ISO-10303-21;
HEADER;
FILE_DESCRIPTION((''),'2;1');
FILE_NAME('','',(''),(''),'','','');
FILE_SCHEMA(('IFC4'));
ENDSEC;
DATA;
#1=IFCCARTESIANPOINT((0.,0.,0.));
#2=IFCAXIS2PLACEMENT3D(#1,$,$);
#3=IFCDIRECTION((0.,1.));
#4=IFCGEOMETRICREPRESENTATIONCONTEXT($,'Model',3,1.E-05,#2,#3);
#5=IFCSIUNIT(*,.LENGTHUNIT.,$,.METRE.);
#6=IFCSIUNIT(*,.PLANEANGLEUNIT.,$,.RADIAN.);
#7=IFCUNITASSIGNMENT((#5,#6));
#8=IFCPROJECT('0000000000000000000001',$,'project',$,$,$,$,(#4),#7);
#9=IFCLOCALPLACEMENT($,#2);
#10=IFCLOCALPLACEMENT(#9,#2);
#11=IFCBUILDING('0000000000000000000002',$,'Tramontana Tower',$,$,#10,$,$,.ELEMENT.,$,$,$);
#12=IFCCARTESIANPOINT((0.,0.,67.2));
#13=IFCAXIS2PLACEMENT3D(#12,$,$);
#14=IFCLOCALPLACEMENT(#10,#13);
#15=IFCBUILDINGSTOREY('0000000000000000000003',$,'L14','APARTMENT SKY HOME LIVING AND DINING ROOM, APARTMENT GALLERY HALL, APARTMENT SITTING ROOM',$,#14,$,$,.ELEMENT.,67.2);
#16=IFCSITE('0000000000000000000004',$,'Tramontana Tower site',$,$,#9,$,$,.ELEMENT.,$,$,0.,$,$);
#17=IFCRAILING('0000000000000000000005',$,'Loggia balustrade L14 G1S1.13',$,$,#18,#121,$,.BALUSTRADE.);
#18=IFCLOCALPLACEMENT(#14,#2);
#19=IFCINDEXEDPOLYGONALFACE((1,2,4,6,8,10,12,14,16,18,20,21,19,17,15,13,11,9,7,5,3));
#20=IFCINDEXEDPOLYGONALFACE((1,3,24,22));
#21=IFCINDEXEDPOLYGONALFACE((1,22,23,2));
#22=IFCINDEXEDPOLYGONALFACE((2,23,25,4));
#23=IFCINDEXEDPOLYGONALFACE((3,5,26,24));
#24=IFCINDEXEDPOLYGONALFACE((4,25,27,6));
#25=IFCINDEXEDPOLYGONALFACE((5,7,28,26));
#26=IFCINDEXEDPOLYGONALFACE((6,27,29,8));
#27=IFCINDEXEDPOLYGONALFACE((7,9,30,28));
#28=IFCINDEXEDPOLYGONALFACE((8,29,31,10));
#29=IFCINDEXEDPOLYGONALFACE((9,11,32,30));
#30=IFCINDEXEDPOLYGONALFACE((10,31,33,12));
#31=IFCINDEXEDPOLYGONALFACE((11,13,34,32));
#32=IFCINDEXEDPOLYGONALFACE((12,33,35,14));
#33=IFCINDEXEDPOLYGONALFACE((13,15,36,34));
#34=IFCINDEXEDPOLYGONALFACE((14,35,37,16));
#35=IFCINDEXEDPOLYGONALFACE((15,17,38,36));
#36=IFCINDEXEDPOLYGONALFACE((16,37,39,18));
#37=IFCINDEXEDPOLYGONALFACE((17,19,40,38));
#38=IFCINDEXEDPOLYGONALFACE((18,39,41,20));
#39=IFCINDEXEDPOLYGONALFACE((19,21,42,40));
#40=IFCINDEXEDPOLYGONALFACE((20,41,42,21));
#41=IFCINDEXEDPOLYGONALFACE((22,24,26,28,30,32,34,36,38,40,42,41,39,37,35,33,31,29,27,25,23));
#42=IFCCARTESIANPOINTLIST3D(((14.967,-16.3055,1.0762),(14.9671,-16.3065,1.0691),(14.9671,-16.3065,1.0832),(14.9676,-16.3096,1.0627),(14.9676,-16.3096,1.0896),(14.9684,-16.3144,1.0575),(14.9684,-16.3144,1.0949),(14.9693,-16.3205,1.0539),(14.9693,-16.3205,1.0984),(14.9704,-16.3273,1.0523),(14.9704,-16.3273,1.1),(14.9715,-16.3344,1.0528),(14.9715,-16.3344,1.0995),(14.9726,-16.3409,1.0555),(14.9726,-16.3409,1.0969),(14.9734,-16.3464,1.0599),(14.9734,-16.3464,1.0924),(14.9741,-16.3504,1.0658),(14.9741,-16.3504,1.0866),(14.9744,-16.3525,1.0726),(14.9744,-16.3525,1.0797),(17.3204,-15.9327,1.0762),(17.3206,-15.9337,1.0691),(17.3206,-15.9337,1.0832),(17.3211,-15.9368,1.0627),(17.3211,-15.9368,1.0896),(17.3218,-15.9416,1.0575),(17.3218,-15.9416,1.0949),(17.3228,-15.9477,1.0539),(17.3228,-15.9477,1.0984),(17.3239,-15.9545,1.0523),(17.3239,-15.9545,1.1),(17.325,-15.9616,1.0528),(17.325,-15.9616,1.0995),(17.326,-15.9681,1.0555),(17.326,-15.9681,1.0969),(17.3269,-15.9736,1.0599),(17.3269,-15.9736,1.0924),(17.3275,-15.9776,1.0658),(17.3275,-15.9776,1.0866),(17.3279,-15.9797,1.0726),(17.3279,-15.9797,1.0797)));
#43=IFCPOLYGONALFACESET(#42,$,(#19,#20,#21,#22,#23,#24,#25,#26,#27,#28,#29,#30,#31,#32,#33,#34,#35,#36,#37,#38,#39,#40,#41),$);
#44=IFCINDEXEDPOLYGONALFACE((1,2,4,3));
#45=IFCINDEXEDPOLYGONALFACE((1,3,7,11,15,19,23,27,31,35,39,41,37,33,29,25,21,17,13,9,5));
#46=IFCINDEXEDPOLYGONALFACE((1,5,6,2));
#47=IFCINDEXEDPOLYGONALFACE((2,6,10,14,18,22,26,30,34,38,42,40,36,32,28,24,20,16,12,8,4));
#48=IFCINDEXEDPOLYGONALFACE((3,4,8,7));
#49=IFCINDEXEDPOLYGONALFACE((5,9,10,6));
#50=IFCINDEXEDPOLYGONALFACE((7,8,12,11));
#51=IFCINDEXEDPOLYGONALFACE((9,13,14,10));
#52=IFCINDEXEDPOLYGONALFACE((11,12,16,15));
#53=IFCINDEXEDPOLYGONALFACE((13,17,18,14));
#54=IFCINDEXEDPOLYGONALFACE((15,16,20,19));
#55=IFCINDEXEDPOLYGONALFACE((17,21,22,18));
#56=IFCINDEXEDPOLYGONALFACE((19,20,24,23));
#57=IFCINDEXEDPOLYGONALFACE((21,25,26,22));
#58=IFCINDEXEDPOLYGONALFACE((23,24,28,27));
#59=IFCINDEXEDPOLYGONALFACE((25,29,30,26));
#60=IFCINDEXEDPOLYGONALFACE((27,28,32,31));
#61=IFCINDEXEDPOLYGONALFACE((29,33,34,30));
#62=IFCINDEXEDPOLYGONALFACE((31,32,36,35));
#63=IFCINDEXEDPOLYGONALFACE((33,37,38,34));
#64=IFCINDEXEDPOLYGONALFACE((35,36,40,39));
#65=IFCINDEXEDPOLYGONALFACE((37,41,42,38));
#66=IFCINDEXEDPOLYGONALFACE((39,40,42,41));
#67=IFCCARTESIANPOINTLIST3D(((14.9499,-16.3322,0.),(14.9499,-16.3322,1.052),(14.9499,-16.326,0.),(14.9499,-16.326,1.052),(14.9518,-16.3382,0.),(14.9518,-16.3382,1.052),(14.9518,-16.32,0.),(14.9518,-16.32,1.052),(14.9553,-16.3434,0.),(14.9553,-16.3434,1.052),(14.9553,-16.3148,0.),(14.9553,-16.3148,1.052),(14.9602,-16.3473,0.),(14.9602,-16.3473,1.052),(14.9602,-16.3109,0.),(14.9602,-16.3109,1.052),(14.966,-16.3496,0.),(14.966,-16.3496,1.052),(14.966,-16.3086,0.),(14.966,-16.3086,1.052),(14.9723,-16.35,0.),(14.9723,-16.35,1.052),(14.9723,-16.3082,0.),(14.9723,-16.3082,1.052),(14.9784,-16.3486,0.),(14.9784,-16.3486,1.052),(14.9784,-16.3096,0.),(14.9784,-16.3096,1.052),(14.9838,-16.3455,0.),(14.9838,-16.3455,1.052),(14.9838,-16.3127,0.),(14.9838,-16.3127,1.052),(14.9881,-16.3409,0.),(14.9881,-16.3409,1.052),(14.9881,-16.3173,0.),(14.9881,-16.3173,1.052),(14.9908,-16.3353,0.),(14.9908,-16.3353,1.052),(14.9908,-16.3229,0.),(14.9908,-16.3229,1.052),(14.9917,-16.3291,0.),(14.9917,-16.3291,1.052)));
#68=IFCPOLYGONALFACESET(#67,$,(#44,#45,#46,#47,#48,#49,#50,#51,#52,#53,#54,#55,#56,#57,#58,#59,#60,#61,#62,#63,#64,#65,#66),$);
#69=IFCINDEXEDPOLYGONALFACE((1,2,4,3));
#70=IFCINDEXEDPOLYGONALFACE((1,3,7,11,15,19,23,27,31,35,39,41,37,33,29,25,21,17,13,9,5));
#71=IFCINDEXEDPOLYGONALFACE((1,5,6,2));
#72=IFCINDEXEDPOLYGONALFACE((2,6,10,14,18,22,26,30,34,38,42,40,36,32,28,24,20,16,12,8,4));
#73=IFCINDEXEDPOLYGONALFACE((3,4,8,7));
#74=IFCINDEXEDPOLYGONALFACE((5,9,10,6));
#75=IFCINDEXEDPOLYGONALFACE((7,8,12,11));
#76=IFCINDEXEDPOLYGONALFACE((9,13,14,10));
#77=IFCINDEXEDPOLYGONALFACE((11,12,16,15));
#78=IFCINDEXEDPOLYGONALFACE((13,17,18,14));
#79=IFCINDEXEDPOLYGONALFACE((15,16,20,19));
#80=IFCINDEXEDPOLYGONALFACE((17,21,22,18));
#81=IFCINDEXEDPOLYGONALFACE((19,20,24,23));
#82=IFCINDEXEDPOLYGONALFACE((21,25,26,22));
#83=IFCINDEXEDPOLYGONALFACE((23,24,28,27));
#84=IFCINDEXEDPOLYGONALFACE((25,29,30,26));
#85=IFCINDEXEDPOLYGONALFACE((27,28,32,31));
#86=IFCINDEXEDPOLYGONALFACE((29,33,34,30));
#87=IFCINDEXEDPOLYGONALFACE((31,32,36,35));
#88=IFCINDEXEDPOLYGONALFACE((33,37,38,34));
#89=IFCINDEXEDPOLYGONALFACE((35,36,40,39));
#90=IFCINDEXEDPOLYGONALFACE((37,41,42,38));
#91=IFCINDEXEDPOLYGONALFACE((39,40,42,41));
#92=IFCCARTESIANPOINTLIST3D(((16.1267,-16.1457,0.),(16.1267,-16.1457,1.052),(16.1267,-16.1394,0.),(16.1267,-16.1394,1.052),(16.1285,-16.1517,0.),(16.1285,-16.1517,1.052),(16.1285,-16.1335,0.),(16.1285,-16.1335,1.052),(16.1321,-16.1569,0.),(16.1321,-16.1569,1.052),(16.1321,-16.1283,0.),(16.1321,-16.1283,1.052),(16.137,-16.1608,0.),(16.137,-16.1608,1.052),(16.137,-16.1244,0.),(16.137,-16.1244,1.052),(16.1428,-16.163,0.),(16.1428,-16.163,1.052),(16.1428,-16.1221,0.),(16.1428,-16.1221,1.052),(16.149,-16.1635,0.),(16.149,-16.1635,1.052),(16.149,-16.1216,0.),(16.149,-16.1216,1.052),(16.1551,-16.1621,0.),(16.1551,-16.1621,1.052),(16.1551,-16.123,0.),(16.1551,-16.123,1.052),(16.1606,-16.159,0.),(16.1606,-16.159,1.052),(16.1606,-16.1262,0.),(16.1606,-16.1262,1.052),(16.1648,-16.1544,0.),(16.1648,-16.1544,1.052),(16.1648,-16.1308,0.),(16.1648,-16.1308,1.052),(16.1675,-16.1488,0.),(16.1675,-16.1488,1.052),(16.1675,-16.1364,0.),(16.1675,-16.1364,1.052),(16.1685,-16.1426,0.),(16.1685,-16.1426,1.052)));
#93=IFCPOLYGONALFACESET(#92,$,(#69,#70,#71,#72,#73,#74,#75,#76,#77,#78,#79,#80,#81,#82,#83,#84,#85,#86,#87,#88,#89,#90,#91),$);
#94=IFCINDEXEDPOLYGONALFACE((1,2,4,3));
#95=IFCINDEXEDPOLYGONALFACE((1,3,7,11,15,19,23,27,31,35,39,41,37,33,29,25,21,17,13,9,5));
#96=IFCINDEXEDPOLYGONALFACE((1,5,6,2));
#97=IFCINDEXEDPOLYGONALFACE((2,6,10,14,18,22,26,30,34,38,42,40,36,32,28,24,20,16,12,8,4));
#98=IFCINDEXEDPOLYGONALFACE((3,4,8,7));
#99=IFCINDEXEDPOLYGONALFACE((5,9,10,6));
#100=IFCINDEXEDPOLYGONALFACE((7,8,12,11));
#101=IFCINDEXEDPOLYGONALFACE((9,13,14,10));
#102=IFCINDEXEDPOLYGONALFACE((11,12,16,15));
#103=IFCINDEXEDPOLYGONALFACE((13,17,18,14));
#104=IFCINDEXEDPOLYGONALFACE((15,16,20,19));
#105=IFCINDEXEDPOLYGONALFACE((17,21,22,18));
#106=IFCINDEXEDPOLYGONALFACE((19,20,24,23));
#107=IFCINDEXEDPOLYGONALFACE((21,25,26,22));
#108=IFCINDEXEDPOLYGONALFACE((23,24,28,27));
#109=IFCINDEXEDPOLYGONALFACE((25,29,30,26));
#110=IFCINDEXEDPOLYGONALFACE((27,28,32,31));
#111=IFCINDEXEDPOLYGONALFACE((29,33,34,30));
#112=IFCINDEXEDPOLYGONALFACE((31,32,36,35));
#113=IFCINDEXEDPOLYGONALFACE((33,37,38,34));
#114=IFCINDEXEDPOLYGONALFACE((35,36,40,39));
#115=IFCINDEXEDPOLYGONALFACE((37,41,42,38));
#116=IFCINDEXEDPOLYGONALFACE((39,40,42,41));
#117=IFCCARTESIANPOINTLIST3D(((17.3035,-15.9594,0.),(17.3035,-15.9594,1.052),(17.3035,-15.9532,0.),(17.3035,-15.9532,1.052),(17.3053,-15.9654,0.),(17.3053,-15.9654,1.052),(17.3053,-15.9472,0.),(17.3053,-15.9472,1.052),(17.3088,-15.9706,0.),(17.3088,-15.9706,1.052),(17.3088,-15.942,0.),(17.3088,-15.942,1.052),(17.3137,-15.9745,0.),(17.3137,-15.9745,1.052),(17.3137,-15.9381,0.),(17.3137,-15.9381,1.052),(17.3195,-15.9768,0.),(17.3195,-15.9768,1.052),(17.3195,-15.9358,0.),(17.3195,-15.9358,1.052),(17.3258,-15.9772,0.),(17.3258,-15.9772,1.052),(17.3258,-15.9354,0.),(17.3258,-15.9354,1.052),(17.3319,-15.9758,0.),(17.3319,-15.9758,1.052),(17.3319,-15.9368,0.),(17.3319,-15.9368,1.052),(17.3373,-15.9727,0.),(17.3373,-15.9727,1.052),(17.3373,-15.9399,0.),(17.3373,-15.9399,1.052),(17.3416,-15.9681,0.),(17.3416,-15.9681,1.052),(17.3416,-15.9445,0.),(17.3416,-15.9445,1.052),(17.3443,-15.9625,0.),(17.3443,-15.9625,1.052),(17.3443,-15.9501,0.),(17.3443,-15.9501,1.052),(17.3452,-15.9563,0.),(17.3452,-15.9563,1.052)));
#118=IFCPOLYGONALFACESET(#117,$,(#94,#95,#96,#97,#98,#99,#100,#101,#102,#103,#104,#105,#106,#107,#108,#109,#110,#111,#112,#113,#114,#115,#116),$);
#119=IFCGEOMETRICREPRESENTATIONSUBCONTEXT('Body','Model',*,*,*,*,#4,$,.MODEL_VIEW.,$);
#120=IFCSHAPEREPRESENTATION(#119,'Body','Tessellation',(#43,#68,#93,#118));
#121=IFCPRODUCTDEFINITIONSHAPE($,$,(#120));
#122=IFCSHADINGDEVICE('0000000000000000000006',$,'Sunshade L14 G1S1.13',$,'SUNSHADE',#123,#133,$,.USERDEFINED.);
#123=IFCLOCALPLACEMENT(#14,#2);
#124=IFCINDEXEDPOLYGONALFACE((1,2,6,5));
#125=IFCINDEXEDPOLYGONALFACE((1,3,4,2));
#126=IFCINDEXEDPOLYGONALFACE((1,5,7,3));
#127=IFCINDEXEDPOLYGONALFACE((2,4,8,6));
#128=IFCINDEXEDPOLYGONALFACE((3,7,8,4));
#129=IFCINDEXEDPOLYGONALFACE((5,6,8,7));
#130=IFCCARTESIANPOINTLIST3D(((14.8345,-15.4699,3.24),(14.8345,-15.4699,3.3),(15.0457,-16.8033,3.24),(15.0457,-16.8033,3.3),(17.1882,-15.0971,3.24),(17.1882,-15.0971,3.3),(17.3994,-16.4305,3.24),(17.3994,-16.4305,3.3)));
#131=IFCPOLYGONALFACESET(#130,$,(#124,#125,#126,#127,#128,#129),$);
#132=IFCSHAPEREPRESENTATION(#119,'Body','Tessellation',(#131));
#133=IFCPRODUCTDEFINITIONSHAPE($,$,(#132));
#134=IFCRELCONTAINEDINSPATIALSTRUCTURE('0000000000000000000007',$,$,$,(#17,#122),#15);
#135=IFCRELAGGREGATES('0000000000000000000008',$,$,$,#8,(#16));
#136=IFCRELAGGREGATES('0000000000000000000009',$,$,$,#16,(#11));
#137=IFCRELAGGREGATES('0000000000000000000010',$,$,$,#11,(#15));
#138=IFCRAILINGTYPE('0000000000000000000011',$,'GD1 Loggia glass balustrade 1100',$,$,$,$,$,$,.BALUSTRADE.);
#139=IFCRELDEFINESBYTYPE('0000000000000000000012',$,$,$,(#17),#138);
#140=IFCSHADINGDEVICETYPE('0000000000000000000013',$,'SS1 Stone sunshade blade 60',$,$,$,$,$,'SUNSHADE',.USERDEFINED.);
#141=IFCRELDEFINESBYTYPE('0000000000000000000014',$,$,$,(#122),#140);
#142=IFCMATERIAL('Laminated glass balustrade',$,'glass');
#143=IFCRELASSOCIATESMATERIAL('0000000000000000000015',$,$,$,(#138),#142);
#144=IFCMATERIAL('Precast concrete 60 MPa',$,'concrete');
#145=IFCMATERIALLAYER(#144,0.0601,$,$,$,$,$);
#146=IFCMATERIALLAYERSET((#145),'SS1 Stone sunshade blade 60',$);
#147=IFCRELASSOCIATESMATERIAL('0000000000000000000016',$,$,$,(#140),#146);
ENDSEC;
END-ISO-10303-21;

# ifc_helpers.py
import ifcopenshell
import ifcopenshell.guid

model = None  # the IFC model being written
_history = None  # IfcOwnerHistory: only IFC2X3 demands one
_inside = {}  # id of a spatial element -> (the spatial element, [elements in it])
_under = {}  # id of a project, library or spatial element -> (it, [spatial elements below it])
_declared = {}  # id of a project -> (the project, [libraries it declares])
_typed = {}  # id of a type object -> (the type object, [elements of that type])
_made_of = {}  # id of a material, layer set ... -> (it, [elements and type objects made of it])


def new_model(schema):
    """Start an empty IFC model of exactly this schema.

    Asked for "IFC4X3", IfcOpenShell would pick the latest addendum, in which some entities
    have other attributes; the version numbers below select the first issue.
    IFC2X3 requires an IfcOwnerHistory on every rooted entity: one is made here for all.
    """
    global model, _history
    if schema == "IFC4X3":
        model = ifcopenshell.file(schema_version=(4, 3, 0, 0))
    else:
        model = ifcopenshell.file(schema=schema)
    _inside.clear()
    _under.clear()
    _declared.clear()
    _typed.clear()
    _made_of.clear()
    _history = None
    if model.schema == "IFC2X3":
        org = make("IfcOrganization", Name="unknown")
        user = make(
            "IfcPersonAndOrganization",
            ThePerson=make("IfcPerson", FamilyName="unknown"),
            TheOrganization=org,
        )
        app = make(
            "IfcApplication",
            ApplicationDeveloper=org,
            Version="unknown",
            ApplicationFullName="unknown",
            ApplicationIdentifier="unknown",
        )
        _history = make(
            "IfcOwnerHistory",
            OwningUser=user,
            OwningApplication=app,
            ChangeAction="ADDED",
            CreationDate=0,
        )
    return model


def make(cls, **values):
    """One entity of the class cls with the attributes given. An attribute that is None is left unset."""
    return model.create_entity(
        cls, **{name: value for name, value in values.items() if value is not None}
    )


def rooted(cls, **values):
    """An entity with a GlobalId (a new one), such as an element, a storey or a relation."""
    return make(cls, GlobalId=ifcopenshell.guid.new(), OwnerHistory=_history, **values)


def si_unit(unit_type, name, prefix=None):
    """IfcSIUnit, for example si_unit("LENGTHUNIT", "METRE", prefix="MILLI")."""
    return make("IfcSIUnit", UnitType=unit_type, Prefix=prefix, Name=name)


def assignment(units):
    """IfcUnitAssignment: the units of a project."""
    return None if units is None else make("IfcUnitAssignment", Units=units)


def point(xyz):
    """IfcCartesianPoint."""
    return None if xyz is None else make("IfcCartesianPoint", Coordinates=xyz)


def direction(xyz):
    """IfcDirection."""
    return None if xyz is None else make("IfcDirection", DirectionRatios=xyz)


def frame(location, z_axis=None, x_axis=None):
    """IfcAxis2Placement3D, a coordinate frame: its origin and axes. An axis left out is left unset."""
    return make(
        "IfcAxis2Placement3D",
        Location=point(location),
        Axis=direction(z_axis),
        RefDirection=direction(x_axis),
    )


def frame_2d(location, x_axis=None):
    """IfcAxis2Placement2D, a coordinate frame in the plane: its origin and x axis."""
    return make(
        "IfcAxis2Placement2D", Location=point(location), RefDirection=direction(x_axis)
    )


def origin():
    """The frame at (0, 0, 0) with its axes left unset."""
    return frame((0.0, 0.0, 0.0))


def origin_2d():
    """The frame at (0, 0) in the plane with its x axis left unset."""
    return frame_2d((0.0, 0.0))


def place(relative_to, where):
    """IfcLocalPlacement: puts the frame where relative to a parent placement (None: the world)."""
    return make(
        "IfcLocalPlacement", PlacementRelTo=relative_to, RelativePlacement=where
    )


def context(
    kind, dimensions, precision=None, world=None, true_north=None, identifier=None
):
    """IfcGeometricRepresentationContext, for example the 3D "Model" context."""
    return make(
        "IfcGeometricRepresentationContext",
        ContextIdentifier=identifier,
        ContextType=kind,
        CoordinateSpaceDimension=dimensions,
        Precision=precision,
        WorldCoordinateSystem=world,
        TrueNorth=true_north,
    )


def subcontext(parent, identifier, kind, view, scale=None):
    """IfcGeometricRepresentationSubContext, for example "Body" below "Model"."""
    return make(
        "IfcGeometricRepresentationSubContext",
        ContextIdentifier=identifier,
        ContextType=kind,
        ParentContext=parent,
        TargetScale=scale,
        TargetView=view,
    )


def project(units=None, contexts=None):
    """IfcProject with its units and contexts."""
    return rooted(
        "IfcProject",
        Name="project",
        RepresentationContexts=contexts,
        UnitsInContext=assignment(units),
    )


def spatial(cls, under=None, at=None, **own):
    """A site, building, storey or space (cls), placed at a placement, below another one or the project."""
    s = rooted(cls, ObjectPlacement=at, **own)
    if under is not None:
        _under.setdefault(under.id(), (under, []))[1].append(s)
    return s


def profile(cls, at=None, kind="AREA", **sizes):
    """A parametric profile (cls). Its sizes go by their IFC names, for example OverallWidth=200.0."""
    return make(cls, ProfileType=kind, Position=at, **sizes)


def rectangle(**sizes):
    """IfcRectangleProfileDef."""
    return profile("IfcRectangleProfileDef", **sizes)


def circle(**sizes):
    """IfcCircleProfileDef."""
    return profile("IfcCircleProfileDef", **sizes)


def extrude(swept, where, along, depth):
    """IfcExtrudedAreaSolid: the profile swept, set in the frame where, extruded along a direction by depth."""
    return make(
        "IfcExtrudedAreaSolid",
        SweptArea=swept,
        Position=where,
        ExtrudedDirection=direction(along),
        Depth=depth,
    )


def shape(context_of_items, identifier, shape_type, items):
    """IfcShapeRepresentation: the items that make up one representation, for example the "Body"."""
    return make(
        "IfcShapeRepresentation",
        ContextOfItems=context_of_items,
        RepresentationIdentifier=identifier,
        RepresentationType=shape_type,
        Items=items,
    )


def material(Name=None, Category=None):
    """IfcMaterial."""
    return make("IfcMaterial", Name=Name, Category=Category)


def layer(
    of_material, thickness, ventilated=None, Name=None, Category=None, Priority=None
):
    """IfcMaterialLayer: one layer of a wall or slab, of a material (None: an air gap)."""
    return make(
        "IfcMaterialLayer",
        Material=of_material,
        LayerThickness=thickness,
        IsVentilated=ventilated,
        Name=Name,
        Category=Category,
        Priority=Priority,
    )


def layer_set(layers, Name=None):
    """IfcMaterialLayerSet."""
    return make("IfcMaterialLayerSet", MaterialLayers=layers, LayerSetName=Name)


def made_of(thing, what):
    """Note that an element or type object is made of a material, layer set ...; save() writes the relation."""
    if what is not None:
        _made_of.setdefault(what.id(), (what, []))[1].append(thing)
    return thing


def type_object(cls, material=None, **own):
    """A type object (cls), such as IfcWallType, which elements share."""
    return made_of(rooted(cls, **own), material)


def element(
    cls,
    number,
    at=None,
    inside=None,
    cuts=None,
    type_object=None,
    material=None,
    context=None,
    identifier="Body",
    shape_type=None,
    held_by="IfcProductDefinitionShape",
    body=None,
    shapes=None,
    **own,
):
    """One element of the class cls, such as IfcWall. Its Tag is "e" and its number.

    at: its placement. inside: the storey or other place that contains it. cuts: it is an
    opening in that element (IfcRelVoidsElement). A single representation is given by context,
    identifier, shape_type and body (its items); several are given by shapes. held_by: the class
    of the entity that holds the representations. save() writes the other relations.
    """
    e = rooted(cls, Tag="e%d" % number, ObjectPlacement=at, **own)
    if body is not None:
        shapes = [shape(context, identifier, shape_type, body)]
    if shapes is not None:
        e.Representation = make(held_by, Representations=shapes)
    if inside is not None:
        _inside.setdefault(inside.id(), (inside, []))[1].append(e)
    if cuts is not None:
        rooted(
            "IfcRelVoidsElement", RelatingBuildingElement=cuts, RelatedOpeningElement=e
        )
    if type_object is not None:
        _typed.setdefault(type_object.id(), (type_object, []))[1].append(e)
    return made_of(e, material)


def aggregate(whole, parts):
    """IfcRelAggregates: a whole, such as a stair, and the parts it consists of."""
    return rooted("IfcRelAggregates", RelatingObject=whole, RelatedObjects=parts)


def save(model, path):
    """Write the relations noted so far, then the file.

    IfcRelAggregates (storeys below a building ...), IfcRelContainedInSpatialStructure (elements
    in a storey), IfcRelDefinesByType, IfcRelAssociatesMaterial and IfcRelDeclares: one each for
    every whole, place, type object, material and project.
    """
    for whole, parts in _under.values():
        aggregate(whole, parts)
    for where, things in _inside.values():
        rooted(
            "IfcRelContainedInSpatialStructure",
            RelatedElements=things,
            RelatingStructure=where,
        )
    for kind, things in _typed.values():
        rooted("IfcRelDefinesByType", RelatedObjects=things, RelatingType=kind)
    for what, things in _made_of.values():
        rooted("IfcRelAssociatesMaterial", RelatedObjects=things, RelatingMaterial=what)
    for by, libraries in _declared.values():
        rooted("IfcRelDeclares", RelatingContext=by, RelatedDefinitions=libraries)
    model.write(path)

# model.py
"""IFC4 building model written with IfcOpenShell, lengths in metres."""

from ifc_helpers import new_model, si_unit, direction, frame, origin, origin_2d, place, context, subcontext, project, spatial, rectangle, circle, extrude, material, layer, layer_set, type_object, element, save


model = new_model("IFC4")

# Units and contexts
model_context = context("Model", 3, precision=1e-05, world=origin(), true_north=direction((0.0, 1.0)))
body_context = subcontext(model_context, "Body", "Model", "MODEL_VIEW")
ifc_project = project(units=[si_unit("LENGTHUNIT", "METRE"), si_unit("PLANEANGLEUNIT", "RADIAN")], contexts=[model_context])

# Site, building, storey
site_placement = place(None, origin())
site = spatial("IfcSite", under=ifc_project, at=site_placement, Name="Tramontana Tower site", CompositionType="ELEMENT", RefElevation=0.0)
building_placement = place(site_placement, origin())
building = spatial("IfcBuilding", under=site, at=building_placement, Name="Tramontana Tower", CompositionType="ELEMENT")
storey_placement = place(building_placement, frame((0.0, 0.0, 67.2)))
storey = spatial("IfcBuildingStorey", under=building, at=storey_placement, Name="L14", Description="APARTMENT SKY HOME LIVING AND DINING ROOM, APARTMENT GALLERY HALL, APARTMENT SITTING ROOM", CompositionType="ELEMENT", Elevation=67.2)

# Railing
ifc_material_1 = material(Name="Laminated glass balustrade", Category="glass")
railing_type = type_object("IfcRailingType", Name="GD1 Loggia glass balustrade 1100", PredefinedType="BALUSTRADE", material=ifc_material_1)
railing_placement = place(storey_placement, frame((14.9707, -16.3291, 0.0)))
element("IfcRailing", 1, at=railing_placement, inside=storey, type_object=railing_type, Name="Loggia balustrade L14 G1S1.13", PredefinedType="BALUSTRADE", context=body_context, shape_type="SweptSolid", body=[
    extrude(circle(Radius=0.0239, at=origin_2d()), frame((0.0, 0.0, 1.0762), z_axis=(0.987686, 0.156452, 0.0), x_axis=(-0.156452, 0.987686, 0.0)), (0.0, 0.0, 1.0), 2.3828),
    extrude(circle(Radius=0.021, at=origin_2d()), origin(), (0.0, 0.0, 1.0), 1.052),
    extrude(circle(Radius=0.021, at=origin_2d()), frame((1.1768, 0.1865, 0.0)), (0.0, 0.0, 1.0), 1.052),
    extrude(circle(Radius=0.021, at=origin_2d()), frame((2.3535, 0.3728, 0.0)), (0.0, 0.0, 1.0), 1.052),
])

# Shading device
ifc_material_2 = material(Name="Precast concrete 60 MPa", Category="concrete")
ifc_layer_1 = layer(ifc_material_2, 0.0601)
ifc_layer_set_1 = layer_set([ifc_layer_1], Name="SS1 Stone sunshade blade 60")
shading_device_type = type_object("IfcShadingDeviceType", Name="SS1 Stone sunshade blade 60", ElementType="SUNSHADE", PredefinedType="USERDEFINED", material=ifc_layer_set_1)
shading_device_placement = place(storey_placement, frame((16.1169, -15.9502, 3.24), z_axis=(0.0, 0.0, 1.0), x_axis=(0.987688, 0.156434, 0.0)))
element("IfcShadingDevice", 2, at=shading_device_placement, inside=storey, type_object=shading_device_type, Name="Sunshade L14 G1S1.13", ObjectType="SUNSHADE", PredefinedType="USERDEFINED", context=body_context, shape_type="SweptSolid", body=[
    extrude(rectangle(XDim=2.3831, YDim=1.3501, at=origin_2d()), origin(), (0.0, 0.0, 1.0), 0.0601),
])

save(model, "model.ifc")
